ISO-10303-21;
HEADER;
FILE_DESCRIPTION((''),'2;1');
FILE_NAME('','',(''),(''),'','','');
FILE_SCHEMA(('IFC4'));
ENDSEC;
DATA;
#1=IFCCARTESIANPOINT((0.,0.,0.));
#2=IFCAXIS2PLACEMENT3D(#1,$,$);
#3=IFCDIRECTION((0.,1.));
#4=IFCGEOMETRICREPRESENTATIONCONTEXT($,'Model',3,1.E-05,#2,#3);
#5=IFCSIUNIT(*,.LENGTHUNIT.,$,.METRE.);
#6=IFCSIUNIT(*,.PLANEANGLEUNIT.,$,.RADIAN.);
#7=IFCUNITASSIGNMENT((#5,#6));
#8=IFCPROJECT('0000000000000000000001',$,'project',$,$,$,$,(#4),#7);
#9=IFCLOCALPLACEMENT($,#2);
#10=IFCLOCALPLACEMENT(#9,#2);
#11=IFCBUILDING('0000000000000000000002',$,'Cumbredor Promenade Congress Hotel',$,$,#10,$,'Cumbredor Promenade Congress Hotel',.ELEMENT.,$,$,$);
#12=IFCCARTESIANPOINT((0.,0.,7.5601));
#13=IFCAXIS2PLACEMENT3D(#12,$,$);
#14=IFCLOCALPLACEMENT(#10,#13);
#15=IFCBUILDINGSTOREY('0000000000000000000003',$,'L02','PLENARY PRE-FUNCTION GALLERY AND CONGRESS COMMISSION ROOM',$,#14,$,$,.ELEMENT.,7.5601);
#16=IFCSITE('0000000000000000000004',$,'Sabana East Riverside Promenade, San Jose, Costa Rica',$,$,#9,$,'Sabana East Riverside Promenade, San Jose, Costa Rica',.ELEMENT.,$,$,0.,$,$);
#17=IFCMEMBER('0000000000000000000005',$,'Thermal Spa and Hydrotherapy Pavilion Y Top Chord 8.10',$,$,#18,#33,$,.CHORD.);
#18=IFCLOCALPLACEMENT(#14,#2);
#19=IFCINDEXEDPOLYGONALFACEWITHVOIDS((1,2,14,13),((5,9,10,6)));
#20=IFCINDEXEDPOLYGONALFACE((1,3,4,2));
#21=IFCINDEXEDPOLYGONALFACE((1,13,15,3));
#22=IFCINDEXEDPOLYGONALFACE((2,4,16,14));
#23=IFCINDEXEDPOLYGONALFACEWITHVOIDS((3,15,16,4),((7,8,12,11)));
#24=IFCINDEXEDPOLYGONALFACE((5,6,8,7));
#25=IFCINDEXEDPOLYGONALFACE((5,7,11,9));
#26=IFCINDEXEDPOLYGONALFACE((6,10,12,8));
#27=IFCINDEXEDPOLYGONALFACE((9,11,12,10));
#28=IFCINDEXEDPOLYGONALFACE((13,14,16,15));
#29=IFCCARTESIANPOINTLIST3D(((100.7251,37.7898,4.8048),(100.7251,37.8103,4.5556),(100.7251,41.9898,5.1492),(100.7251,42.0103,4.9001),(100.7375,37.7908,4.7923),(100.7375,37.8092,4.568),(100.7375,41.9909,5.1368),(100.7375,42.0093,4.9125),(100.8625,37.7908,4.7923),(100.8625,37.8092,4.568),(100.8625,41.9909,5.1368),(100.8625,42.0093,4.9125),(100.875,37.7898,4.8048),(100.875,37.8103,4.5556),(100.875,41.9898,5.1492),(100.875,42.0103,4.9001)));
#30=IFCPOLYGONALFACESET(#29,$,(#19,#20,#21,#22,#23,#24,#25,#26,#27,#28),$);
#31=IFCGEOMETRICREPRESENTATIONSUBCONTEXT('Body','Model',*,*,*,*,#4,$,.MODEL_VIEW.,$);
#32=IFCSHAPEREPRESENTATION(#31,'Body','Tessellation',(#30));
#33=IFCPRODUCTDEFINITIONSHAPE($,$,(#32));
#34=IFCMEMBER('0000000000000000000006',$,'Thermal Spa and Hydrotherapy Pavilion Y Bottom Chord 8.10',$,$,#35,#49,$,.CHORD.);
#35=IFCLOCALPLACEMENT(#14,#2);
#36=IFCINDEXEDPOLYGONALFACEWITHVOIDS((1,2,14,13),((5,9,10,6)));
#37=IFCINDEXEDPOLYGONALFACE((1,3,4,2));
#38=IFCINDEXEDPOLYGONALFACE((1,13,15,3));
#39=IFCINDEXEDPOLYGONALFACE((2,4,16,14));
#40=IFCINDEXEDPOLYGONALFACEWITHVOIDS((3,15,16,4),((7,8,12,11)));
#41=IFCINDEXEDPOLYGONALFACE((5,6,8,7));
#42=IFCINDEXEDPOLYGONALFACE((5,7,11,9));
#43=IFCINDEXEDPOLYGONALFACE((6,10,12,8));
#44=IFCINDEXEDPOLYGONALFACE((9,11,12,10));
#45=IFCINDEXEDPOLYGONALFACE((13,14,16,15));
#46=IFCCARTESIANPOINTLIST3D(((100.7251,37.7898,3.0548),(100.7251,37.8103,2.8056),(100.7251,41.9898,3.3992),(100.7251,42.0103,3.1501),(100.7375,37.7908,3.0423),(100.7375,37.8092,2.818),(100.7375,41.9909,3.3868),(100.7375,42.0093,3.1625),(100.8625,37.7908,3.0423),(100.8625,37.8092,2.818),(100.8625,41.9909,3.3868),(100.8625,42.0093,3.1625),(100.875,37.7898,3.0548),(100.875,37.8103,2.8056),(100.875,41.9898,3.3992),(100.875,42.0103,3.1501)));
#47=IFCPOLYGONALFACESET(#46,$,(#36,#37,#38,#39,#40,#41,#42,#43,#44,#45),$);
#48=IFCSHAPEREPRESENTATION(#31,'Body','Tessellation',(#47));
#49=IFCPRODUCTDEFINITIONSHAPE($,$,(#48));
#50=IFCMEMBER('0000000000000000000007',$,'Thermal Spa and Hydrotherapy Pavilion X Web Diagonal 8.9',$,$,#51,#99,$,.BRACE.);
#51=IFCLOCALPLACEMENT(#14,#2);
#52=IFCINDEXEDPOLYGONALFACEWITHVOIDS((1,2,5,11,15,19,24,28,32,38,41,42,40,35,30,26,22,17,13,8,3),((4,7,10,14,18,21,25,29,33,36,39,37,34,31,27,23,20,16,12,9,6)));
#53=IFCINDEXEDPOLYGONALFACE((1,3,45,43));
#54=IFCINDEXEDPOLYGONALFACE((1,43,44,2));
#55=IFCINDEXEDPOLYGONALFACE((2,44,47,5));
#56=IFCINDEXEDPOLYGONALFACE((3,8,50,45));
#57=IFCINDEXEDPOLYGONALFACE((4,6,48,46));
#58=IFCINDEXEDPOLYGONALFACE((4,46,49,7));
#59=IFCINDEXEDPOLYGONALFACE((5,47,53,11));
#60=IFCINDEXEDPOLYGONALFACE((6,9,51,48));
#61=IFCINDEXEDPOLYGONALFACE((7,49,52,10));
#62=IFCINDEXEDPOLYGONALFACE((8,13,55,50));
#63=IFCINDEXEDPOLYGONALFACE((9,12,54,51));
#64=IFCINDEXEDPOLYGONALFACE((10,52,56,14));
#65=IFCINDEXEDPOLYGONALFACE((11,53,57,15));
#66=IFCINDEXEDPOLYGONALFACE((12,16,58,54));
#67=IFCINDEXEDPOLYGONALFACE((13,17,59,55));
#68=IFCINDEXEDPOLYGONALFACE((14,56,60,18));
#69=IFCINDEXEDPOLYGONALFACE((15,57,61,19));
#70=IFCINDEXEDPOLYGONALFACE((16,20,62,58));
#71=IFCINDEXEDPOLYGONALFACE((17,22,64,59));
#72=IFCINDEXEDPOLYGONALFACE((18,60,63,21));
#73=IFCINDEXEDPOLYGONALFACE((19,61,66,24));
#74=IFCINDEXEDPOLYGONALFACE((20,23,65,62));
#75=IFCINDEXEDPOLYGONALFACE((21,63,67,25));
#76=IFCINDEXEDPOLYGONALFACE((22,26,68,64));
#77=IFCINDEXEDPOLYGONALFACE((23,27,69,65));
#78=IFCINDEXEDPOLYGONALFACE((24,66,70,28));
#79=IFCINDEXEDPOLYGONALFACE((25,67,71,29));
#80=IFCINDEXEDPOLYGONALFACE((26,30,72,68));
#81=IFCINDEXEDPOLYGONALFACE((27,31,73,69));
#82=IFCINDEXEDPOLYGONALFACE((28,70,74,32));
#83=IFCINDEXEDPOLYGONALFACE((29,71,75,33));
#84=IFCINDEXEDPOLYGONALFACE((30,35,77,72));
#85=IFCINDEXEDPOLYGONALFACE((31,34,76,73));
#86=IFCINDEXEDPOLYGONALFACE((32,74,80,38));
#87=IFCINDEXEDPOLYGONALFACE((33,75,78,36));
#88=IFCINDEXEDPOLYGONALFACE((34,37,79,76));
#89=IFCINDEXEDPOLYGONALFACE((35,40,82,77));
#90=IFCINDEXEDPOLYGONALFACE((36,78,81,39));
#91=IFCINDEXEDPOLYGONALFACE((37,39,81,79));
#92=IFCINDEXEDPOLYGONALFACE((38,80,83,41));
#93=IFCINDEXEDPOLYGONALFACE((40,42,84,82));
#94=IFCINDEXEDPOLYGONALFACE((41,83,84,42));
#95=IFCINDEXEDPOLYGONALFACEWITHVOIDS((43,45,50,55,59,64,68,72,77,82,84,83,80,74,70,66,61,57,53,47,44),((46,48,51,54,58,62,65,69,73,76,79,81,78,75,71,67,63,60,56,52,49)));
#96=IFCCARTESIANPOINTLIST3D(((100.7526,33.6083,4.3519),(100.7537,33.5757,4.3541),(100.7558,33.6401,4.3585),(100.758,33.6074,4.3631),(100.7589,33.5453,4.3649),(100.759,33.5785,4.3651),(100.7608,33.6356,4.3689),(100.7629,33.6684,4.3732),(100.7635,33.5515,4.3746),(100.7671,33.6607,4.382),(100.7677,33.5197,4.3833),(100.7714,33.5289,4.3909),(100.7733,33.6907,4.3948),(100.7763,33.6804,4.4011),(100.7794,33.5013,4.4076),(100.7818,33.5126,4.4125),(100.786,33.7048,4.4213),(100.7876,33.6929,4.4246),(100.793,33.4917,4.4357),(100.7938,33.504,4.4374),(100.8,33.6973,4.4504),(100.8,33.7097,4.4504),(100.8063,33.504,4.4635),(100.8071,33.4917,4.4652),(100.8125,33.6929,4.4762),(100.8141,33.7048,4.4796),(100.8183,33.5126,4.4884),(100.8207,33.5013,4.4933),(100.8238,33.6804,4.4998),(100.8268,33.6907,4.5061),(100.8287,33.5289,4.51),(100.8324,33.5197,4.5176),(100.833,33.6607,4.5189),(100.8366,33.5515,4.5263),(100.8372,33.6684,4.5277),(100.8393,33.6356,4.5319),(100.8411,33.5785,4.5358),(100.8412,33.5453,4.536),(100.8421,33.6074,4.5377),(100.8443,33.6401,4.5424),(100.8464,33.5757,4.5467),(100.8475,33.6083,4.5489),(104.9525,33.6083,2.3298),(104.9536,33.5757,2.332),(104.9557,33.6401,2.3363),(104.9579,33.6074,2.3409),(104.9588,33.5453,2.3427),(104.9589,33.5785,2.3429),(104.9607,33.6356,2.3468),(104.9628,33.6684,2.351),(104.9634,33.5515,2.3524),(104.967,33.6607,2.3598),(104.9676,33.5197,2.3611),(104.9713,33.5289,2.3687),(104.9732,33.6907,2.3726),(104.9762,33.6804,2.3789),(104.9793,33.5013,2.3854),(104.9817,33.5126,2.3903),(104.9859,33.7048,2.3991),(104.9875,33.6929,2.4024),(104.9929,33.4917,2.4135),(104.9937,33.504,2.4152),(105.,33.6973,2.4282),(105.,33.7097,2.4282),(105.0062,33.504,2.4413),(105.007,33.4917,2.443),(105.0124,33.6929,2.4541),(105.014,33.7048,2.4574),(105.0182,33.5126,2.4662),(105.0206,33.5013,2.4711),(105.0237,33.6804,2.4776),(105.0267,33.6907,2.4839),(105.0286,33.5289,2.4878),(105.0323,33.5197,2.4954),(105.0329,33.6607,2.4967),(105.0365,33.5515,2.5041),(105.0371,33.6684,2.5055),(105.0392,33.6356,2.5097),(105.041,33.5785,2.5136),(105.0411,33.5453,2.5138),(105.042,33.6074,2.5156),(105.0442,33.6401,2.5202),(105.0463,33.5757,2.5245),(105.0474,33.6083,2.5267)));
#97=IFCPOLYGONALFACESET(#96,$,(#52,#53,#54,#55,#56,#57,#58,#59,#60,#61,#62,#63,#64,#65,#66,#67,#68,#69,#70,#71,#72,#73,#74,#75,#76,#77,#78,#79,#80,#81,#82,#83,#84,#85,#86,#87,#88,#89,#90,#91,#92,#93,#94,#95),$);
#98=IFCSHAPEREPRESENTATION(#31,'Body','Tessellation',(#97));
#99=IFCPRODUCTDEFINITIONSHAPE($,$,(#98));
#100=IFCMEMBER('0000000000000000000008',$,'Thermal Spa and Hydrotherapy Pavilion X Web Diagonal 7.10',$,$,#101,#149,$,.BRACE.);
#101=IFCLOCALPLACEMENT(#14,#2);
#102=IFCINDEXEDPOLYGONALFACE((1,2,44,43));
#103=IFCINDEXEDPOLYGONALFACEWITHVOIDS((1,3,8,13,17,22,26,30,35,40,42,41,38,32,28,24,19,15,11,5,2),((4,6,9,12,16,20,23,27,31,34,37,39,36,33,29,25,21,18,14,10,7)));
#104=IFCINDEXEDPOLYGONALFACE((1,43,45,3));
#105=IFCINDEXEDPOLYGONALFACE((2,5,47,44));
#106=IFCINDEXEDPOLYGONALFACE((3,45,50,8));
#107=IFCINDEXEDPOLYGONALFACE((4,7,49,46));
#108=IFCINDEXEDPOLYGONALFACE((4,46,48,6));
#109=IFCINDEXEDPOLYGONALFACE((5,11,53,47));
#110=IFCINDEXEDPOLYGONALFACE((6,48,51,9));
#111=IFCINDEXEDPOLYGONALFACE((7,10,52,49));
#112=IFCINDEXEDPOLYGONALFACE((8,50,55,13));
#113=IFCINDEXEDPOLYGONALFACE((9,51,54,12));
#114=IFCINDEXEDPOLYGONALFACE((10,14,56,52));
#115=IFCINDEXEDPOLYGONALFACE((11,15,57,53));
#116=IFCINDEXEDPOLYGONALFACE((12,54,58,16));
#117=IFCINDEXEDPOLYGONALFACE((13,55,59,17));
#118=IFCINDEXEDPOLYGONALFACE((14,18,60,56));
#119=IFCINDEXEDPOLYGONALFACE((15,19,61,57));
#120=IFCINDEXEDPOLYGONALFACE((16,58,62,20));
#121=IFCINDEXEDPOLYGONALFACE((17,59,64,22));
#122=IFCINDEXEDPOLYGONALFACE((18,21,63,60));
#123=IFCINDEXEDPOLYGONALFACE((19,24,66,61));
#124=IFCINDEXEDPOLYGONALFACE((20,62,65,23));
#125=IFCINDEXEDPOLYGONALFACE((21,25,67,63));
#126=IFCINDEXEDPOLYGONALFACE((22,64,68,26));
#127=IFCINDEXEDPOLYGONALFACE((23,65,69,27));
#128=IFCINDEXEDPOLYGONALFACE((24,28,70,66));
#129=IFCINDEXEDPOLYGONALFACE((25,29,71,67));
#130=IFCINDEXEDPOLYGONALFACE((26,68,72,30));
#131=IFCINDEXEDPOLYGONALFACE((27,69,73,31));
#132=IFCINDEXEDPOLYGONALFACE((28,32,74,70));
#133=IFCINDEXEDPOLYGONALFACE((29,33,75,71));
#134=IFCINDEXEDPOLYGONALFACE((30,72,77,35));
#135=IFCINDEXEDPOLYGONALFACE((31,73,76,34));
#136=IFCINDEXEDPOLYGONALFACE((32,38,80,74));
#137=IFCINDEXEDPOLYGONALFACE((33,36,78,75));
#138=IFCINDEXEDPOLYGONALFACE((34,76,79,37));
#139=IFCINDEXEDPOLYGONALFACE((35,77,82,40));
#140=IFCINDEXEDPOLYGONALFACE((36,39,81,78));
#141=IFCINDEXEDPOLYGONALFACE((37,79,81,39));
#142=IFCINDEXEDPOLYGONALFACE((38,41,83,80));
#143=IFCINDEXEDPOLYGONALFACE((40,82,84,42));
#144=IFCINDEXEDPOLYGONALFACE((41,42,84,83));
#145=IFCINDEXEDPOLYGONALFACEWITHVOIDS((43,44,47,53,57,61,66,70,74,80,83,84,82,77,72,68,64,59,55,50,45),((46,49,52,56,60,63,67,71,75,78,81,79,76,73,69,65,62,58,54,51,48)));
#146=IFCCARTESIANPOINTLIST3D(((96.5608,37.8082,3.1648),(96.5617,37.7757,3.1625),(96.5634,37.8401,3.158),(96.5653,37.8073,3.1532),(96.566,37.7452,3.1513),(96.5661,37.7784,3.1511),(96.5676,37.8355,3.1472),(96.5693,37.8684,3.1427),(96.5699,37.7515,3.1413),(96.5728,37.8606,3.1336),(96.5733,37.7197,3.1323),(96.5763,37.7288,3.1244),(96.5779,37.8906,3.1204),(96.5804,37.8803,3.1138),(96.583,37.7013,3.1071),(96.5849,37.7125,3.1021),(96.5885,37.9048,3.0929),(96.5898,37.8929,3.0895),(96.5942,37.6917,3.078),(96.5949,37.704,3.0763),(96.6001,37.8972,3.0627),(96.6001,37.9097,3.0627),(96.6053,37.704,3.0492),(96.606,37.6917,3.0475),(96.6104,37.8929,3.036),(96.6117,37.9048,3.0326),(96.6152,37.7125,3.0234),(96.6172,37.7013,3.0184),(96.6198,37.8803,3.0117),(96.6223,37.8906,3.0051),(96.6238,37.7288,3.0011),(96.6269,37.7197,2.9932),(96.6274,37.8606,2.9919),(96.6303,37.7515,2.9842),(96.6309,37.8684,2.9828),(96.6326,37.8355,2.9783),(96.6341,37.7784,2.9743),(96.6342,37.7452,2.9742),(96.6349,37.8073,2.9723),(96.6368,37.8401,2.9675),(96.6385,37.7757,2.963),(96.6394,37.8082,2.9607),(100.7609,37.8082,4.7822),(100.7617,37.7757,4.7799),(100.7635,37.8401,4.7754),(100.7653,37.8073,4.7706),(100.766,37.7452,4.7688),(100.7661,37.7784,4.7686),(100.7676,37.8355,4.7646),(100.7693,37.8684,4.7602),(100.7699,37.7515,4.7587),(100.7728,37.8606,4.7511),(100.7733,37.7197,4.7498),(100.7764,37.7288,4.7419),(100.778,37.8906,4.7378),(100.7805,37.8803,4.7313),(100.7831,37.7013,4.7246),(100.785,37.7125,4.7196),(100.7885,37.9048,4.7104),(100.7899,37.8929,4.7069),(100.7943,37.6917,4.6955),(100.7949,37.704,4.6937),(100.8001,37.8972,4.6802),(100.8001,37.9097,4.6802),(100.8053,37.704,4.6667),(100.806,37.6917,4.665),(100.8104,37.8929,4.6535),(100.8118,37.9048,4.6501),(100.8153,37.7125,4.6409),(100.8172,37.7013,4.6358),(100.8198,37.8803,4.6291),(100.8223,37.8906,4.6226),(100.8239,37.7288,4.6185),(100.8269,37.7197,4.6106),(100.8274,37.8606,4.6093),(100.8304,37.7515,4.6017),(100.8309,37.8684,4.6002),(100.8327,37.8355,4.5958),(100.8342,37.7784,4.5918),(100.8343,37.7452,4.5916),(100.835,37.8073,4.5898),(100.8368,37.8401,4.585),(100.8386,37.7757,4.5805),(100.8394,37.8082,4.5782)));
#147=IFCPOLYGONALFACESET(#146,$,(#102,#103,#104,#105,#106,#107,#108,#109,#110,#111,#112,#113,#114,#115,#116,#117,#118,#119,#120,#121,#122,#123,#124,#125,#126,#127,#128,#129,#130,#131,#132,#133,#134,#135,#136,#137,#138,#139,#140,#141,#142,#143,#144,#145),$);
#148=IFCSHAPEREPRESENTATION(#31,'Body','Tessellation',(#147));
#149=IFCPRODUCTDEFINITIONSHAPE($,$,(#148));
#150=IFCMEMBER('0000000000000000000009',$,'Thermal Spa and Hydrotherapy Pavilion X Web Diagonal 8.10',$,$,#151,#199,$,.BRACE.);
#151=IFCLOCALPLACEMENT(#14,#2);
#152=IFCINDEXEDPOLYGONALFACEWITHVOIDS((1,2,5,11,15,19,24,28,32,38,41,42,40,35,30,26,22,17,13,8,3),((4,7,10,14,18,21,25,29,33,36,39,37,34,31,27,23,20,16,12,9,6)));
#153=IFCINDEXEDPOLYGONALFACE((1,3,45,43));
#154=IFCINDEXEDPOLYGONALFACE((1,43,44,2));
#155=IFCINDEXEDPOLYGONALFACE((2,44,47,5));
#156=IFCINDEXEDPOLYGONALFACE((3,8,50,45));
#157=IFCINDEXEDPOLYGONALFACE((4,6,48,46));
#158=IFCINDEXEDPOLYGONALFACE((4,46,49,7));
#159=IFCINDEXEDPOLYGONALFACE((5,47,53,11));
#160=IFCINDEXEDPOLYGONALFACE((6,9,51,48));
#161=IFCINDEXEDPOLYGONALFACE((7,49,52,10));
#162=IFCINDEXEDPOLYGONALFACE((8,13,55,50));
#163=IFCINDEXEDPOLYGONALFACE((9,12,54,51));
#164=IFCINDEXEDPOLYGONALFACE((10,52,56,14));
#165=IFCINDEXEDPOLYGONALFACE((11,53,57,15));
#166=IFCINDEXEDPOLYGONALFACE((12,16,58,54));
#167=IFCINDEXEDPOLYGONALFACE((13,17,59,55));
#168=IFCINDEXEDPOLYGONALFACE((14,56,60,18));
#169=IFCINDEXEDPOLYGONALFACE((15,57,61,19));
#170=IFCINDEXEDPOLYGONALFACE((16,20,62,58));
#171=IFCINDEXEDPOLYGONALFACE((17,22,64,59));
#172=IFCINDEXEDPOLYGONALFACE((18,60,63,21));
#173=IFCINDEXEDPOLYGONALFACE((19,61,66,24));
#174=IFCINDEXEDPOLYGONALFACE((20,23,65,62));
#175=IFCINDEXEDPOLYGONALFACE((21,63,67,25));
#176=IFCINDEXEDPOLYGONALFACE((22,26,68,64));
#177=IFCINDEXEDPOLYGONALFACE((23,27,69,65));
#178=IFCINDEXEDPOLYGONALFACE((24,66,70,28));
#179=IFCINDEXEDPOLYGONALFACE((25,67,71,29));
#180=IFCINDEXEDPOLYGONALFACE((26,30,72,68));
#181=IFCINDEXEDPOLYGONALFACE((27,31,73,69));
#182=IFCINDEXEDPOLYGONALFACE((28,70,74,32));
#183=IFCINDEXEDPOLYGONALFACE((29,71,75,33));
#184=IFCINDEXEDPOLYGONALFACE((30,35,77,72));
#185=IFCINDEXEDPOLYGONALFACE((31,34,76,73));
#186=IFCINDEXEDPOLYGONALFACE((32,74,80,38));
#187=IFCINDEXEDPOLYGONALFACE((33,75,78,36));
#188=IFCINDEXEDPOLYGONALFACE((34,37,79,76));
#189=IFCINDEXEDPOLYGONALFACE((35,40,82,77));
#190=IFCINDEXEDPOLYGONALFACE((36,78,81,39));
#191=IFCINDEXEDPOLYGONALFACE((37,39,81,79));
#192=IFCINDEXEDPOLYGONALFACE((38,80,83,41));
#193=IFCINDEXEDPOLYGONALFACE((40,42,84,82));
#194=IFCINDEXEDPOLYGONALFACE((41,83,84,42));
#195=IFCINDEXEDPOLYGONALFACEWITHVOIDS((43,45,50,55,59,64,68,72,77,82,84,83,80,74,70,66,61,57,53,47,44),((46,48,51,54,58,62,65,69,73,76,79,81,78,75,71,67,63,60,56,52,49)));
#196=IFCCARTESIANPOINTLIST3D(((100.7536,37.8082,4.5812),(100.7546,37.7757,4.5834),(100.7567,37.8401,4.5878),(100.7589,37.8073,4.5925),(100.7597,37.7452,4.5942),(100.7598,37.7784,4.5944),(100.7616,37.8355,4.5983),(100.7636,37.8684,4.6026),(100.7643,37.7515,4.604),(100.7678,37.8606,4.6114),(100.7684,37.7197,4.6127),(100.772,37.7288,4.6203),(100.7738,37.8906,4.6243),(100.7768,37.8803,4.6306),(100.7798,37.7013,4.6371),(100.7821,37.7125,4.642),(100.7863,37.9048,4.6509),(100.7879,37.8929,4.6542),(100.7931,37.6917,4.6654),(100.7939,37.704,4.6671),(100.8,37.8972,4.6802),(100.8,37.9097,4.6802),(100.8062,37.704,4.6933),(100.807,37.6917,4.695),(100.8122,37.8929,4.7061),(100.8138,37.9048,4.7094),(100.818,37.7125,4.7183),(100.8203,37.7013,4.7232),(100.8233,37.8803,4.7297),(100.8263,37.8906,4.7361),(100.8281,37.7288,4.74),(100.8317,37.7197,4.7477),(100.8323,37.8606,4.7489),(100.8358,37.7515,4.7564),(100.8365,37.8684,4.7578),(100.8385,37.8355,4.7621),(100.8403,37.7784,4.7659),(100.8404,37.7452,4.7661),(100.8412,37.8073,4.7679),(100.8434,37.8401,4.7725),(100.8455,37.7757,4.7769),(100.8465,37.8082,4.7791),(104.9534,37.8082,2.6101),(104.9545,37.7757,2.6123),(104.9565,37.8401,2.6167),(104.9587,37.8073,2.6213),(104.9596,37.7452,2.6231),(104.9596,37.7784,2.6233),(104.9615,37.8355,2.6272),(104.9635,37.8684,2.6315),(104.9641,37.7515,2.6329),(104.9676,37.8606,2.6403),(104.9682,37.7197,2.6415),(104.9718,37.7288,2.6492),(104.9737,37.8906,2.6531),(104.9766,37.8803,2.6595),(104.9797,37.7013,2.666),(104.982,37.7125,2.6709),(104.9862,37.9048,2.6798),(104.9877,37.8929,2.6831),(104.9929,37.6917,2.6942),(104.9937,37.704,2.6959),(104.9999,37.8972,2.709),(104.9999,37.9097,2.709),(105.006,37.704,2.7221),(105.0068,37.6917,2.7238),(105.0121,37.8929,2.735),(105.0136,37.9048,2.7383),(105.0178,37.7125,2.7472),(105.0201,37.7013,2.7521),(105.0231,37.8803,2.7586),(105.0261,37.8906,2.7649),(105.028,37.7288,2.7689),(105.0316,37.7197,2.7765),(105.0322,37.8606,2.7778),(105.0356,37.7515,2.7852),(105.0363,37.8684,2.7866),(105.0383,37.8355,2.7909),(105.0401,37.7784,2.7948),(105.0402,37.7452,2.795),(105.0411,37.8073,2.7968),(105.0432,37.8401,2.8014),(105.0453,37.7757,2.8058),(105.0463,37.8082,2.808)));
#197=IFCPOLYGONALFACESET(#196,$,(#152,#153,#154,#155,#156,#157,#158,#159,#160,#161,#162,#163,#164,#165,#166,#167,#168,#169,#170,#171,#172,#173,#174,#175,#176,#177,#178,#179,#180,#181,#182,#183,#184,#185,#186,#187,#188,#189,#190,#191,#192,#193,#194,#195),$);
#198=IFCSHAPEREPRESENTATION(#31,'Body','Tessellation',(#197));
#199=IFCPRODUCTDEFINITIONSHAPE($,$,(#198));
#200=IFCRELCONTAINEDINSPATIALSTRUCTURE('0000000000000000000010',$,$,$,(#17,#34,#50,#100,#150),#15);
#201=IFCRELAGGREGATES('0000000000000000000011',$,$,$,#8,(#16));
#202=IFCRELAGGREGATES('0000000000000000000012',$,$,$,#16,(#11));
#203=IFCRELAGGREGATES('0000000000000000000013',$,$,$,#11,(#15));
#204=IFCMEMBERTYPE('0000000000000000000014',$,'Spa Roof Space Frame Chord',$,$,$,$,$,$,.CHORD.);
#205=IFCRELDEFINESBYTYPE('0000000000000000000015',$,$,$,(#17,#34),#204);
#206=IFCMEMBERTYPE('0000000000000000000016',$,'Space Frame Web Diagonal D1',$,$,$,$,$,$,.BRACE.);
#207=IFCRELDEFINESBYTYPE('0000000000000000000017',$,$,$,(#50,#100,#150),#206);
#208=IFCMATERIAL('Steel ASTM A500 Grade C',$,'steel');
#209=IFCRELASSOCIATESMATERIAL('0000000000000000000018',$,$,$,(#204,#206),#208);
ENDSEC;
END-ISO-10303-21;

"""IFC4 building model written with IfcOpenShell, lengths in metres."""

from ifc_helpers import new_model, si_unit, direction, frame, origin, origin_2d, place, context, subcontext, project, spatial, hollow_rectangle, hollow_circle, extrude, material, material_profile, profile_set, type_object, element, save


model = new_model("IFC4")

# Units and contexts
model_context = context("Model", 3, precision=1e-05, world=origin(), true_north=direction((0.0, 1.0)))
body_context = subcontext(model_context, "Body", "Model", "MODEL_VIEW")
ifc_project = project(units=[si_unit("LENGTHUNIT", "METRE"), si_unit("PLANEANGLEUNIT", "RADIAN")], contexts=[model_context])

# Site, building, storey
site_placement = place(None, origin())
site = spatial("IfcSite", under=ifc_project, at=site_placement, Name="Sabana East Riverside Promenade, San Jose, Costa Rica", LongName="Sabana East Riverside Promenade, San Jose, Costa Rica", CompositionType="ELEMENT", RefElevation=0.0)
building_placement = place(site_placement, origin())
building = spatial("IfcBuilding", under=site, at=building_placement, Name="Cumbredor Promenade Congress Hotel", LongName="Cumbredor Promenade Congress Hotel", CompositionType="ELEMENT")
storey_placement = place(building_placement, frame((0.0, 0.0, 7.5601)))
storey = spatial("IfcBuildingStorey", under=building, at=storey_placement, Name="L02", Description="PLENARY PRE-FUNCTION GALLERY AND CONGRESS COMMISSION ROOM", CompositionType="ELEMENT", Elevation=7.5601)

# Members
ifc_material_1 = material(Name="Steel ASTM A500 Grade C", Category="steel")
ifc_material_profile_1 = material_profile(ifc_material_1, hollow_rectangle(XDim=0.1499, YDim=0.25, WallThickness=0.0125, at=origin_2d()), Name="HSS 250x150x12.5")
ifc_profile_set_1 = profile_set([ifc_material_profile_1], Name="Steel ASTM A500 Grade C")
member_type_1 = type_object("IfcMemberType", Name="Spa Roof Space Frame Chord", PredefinedType="CHORD", material=ifc_profile_set_1)
for number, where, z_axis, x_axis, name in (
    (1, (100.8, 37.8, 4.6802), (0.0, 0.996653, 0.081746), (-1.0, 0.0, 0.0), "Thermal Spa and Hydrotherapy Pavilion Y Top Chord 8.10"),
    (2, (100.8, 37.8, 2.9302), (0.0, 0.996653, 0.081746), (-1.0, 0.0, 0.0), "Thermal Spa and Hydrotherapy Pavilion Y Bottom Chord 8.10"),
):
    element("IfcMember", number, at=place(storey_placement, frame(where, z_axis=z_axis, x_axis=x_axis)), inside=storey, type_object=member_type_1, Name=name, PredefinedType="CHORD", context=body_context, shape_type="SweptSolid", body=[
        extrude(hollow_rectangle(XDim=0.1499, YDim=0.25, WallThickness=0.0125, at=origin_2d()), origin(), (0.0, 0.0, 1.0), 4.2141),
    ])
ifc_material_profile_2 = material_profile(ifc_material_1, hollow_circle(Radius=0.1096, WallThickness=0.0125, at=origin_2d()), Name="CHS 219.1x12.5")
ifc_profile_set_2 = profile_set([ifc_material_profile_2], Name="Steel ASTM A500 Grade C")
member_type_2 = type_object("IfcMemberType", Name="Space Frame Web Diagonal D1", PredefinedType="BRACE", material=ifc_profile_set_2)
member_1_placement = place(storey_placement, frame((100.8, 33.6001, 4.4504), z_axis=(0.901, 0.0, -0.433819), x_axis=(0.0, 1.0, 0.0)))
element("IfcMember", 3, at=member_1_placement, inside=storey, type_object=member_type_2, Name="Thermal Spa and Hydrotherapy Pavilion X Web Diagonal 8.9", PredefinedType="BRACE", context=body_context, shape_type="SweptSolid", body=[
    extrude(hollow_circle(Radius=0.1096, WallThickness=0.0125, at=origin_2d()), origin(), (0.0, 0.0, 1.0), 4.6614),
])
member_2_placement = place(storey_placement, frame((96.6001, 37.8, 3.0627), z_axis=(0.933192, 0.0, 0.359379), x_axis=(0.0, 1.0, 0.0)))
element("IfcMember", 4, at=member_2_placement, inside=storey, type_object=member_type_2, Name="Thermal Spa and Hydrotherapy Pavilion X Web Diagonal 7.10", PredefinedType="BRACE", context=body_context, shape_type="SweptSolid", body=[
    extrude(hollow_circle(Radius=0.1096, WallThickness=0.0125, at=origin_2d()), origin(), (0.0, 0.0, 1.0), 4.5007),
])
member_3_placement = place(storey_placement, frame((100.8, 37.8, 4.6802), z_axis=(0.905255, 0.0, -0.424869), x_axis=(0.0, 1.0, 0.0)))
element("IfcMember", 5, at=member_3_placement, inside=storey, type_object=member_type_2, Name="Thermal Spa and Hydrotherapy Pavilion X Web Diagonal 8.10", PredefinedType="BRACE", context=body_context, shape_type="SweptSolid", body=[
    extrude(hollow_circle(Radius=0.1096, WallThickness=0.0125, at=origin_2d()), origin(), (0.0, 0.0, 1.0), 4.6394),
])

save(model, "model.ifc")
